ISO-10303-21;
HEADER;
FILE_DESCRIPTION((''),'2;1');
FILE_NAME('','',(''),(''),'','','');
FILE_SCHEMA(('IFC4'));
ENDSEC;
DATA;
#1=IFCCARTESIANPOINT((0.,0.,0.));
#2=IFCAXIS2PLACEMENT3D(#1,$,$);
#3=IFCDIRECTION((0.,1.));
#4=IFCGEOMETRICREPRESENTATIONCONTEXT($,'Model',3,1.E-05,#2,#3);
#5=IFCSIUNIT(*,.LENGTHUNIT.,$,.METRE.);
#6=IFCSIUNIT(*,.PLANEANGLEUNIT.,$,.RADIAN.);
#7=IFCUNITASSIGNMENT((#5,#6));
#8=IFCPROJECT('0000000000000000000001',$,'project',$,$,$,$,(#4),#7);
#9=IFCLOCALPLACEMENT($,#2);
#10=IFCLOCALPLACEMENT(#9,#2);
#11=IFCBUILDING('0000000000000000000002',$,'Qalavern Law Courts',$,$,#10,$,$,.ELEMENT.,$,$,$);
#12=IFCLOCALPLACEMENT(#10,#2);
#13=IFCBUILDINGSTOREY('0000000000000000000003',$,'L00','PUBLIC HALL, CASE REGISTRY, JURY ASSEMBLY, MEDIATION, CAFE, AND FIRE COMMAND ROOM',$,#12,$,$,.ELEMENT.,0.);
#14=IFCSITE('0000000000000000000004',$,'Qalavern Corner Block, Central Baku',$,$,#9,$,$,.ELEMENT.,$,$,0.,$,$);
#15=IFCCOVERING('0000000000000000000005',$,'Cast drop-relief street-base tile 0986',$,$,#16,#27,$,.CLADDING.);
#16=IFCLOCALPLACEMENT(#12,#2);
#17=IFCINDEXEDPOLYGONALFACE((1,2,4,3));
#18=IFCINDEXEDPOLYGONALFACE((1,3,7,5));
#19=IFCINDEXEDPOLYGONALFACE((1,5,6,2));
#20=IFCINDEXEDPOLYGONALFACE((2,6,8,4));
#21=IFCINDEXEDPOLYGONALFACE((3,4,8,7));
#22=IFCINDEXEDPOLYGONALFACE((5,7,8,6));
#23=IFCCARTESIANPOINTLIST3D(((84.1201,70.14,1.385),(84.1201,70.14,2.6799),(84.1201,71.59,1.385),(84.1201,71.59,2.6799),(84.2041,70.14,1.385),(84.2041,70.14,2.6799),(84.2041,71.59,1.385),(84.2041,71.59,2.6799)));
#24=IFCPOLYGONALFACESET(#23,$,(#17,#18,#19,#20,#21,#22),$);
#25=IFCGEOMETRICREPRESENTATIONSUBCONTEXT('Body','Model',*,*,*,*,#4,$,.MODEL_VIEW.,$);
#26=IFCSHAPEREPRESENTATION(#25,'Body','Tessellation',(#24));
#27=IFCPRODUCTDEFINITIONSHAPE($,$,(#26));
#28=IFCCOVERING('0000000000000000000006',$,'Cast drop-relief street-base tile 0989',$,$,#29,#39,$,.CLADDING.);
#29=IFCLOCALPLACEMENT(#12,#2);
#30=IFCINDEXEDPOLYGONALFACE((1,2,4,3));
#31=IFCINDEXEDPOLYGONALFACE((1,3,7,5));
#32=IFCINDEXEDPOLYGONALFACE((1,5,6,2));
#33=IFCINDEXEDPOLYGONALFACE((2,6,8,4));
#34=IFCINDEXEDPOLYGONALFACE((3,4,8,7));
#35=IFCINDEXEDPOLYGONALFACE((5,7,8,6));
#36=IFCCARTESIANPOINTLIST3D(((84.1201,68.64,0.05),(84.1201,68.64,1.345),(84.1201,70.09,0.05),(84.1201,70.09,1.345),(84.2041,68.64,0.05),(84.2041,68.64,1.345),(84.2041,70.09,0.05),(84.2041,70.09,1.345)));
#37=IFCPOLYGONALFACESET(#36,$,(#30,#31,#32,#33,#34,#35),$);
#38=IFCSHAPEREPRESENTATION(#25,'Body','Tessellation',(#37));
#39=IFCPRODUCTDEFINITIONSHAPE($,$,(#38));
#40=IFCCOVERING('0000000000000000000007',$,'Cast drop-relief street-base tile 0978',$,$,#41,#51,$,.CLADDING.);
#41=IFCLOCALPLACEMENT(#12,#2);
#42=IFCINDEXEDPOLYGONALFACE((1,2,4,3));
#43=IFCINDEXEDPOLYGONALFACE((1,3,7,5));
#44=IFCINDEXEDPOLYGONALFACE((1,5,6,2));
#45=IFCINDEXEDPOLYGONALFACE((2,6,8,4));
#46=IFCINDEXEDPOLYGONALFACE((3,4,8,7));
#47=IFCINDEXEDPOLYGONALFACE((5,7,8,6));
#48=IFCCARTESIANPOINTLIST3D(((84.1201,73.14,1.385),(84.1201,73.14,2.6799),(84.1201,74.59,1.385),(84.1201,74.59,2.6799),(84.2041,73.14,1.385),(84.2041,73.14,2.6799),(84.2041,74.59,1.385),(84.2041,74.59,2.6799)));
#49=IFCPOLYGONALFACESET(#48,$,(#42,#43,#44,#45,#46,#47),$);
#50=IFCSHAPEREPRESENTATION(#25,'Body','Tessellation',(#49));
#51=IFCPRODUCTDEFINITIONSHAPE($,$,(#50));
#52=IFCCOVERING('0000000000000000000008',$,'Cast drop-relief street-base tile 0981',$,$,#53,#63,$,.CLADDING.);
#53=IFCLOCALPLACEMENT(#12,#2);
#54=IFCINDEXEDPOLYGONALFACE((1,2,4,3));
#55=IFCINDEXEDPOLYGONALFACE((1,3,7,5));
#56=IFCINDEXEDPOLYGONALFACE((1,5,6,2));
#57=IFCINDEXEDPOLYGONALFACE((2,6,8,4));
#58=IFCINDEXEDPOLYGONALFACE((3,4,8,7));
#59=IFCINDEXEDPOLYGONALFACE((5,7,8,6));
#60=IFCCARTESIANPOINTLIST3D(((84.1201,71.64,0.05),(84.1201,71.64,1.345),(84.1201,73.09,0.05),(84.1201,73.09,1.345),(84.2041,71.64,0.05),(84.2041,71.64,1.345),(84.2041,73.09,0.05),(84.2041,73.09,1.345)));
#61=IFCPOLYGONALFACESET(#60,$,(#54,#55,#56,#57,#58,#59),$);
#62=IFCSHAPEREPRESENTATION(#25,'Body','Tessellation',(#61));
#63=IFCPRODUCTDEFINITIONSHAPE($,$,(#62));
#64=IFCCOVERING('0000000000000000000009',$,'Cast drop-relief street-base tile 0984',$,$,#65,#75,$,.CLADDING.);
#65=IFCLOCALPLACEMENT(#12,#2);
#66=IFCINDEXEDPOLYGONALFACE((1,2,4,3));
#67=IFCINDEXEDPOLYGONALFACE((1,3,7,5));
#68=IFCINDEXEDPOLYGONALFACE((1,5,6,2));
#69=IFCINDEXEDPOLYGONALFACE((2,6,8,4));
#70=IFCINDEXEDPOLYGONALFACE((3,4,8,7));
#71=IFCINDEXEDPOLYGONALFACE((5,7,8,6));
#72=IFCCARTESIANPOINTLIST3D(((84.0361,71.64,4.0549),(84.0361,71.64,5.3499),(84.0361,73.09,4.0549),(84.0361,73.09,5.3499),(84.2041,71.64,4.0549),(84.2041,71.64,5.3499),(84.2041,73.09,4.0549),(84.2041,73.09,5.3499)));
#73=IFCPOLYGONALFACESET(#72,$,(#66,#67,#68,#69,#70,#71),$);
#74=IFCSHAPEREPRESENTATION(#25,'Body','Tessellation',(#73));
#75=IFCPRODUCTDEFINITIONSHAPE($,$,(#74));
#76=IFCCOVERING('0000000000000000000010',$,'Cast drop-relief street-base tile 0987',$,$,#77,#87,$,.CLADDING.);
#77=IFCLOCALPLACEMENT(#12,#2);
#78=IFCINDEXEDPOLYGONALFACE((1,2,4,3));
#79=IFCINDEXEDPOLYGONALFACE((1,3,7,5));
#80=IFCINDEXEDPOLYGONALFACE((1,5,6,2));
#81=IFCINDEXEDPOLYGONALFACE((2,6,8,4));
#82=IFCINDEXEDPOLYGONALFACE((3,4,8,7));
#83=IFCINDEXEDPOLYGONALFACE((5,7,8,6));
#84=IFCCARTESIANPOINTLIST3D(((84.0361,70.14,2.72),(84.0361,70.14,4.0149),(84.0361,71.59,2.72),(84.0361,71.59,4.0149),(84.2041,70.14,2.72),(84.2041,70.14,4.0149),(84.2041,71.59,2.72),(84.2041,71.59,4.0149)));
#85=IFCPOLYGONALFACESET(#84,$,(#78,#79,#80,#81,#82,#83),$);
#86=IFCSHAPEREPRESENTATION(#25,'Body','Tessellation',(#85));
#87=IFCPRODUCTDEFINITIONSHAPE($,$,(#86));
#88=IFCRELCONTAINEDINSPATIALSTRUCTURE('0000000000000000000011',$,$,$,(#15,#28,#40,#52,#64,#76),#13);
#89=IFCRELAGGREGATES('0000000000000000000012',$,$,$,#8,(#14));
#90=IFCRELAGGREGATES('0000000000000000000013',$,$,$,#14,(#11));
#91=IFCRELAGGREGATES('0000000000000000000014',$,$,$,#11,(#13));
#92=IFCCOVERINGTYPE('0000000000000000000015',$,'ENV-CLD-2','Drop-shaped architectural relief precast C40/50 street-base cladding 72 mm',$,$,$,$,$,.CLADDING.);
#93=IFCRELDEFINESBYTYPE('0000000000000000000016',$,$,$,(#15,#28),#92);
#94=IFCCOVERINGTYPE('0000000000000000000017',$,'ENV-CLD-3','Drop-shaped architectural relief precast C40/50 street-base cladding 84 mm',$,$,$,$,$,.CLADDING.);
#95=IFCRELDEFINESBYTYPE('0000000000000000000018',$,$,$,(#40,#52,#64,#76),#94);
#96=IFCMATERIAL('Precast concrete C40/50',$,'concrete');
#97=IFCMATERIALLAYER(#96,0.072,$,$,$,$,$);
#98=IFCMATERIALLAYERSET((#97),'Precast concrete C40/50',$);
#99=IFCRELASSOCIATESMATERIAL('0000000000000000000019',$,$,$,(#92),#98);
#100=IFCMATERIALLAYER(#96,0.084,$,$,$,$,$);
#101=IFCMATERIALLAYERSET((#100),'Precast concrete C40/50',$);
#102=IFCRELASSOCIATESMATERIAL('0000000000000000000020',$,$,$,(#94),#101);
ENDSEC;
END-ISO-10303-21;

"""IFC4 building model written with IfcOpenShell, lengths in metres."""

from ifc_helpers import new_model, si_unit, direction, frame, origin, origin_2d, place, context, subcontext, project, spatial, rectangle, extrude, material, layer, layer_set, type_object, element, save


model = new_model("IFC4")

# Units and contexts
model_context = context("Model", 3, precision=1e-05, world=origin(), true_north=direction((0.0, 1.0)))
body_context = subcontext(model_context, "Body", "Model", "MODEL_VIEW")
ifc_project = project(units=[si_unit("LENGTHUNIT", "METRE"), si_unit("PLANEANGLEUNIT", "RADIAN")], contexts=[model_context])

# Site, building, storey
site_placement = place(None, origin())
site = spatial("IfcSite", under=ifc_project, at=site_placement, Name="Qalavern Corner Block, Central Baku", CompositionType="ELEMENT", RefElevation=0.0)
building_placement = place(site_placement, origin())
building = spatial("IfcBuilding", under=site, at=building_placement, Name="Qalavern Law Courts", CompositionType="ELEMENT")
storey_placement = place(building_placement, origin())
storey = spatial("IfcBuildingStorey", under=building, at=storey_placement, Name="L00", Description="PUBLIC HALL, CASE REGISTRY, JURY ASSEMBLY, MEDIATION, CAFE, AND FIRE COMMAND ROOM", CompositionType="ELEMENT", Elevation=0.0)

# Coverings
ifc_material_1 = material(Name="Precast concrete C40/50", Category="concrete")
ifc_layer_1 = layer(ifc_material_1, 0.072)
ifc_layer_set_1 = layer_set([ifc_layer_1], Name="Precast concrete C40/50")
covering_type_1 = type_object("IfcCoveringType", Name="ENV-CLD-2", Description="Drop-shaped architectural relief precast C40/50 street-base cladding 72 mm", PredefinedType="CLADDING", material=ifc_layer_set_1)
for number, where, z_axis, x_axis, name in (
    (1, (84.1621, 70.865, 1.385), (0.0, 0.0, 1.0), (0.0, -1.0, 0.0), "Cast drop-relief street-base tile 0986"),
    (2, (84.1621, 69.365, 0.05), (0.0, 0.0, 1.0), (0.0, -1.0, 0.0), "Cast drop-relief street-base tile 0989"),
):
    element("IfcCovering", number, at=place(storey_placement, frame(where, z_axis=z_axis, x_axis=x_axis)), inside=storey, type_object=covering_type_1, Name=name, PredefinedType="CLADDING", context=body_context, shape_type="SweptSolid", body=[
        extrude(rectangle(XDim=1.45, YDim=0.084, at=origin_2d()), origin(), (0.0, 0.0, 1.0), 1.2949),
    ])
ifc_layer_2 = layer(ifc_material_1, 0.084)
ifc_layer_set_2 = layer_set([ifc_layer_2], Name="Precast concrete C40/50")
covering_type_2 = type_object("IfcCoveringType", Name="ENV-CLD-3", Description="Drop-shaped architectural relief precast C40/50 street-base cladding 84 mm", PredefinedType="CLADDING", material=ifc_layer_set_2)
for number, where, z_axis, x_axis, name in (
    (3, (84.1621, 73.865, 1.385), (0.0, 0.0, 1.0), (0.0, -1.0, 0.0), "Cast drop-relief street-base tile 0978"),
    (4, (84.1621, 72.365, 0.05), (0.0, 0.0, 1.0), (0.0, -1.0, 0.0), "Cast drop-relief street-base tile 0981"),
):
    element("IfcCovering", number, at=place(storey_placement, frame(where, z_axis=z_axis, x_axis=x_axis)), inside=storey, type_object=covering_type_2, Name=name, PredefinedType="CLADDING", context=body_context, shape_type="SweptSolid", body=[
        extrude(rectangle(XDim=1.45, YDim=0.084, at=origin_2d()), origin(), (0.0, 0.0, 1.0), 1.2949),
    ])
for number, where, z_axis, x_axis, name in (
    (5, (84.1201, 72.365, 4.0549), (0.0, 0.0, 1.0), (0.0, -1.0, 0.0), "Cast drop-relief street-base tile 0984"),
    (6, (84.1201, 70.865, 2.72), (0.0, 0.0, 1.0), (0.0, -1.0, 0.0), "Cast drop-relief street-base tile 0987"),
):
    element("IfcCovering", number, at=place(storey_placement, frame(where, z_axis=z_axis, x_axis=x_axis)), inside=storey, type_object=covering_type_2, Name=name, PredefinedType="CLADDING", context=body_context, shape_type="SweptSolid", body=[
        extrude(rectangle(XDim=1.45, YDim=0.168, at=origin_2d()), origin(), (0.0, 0.0, 1.0), 1.2949),
    ])

save(model, "model.ifc")
